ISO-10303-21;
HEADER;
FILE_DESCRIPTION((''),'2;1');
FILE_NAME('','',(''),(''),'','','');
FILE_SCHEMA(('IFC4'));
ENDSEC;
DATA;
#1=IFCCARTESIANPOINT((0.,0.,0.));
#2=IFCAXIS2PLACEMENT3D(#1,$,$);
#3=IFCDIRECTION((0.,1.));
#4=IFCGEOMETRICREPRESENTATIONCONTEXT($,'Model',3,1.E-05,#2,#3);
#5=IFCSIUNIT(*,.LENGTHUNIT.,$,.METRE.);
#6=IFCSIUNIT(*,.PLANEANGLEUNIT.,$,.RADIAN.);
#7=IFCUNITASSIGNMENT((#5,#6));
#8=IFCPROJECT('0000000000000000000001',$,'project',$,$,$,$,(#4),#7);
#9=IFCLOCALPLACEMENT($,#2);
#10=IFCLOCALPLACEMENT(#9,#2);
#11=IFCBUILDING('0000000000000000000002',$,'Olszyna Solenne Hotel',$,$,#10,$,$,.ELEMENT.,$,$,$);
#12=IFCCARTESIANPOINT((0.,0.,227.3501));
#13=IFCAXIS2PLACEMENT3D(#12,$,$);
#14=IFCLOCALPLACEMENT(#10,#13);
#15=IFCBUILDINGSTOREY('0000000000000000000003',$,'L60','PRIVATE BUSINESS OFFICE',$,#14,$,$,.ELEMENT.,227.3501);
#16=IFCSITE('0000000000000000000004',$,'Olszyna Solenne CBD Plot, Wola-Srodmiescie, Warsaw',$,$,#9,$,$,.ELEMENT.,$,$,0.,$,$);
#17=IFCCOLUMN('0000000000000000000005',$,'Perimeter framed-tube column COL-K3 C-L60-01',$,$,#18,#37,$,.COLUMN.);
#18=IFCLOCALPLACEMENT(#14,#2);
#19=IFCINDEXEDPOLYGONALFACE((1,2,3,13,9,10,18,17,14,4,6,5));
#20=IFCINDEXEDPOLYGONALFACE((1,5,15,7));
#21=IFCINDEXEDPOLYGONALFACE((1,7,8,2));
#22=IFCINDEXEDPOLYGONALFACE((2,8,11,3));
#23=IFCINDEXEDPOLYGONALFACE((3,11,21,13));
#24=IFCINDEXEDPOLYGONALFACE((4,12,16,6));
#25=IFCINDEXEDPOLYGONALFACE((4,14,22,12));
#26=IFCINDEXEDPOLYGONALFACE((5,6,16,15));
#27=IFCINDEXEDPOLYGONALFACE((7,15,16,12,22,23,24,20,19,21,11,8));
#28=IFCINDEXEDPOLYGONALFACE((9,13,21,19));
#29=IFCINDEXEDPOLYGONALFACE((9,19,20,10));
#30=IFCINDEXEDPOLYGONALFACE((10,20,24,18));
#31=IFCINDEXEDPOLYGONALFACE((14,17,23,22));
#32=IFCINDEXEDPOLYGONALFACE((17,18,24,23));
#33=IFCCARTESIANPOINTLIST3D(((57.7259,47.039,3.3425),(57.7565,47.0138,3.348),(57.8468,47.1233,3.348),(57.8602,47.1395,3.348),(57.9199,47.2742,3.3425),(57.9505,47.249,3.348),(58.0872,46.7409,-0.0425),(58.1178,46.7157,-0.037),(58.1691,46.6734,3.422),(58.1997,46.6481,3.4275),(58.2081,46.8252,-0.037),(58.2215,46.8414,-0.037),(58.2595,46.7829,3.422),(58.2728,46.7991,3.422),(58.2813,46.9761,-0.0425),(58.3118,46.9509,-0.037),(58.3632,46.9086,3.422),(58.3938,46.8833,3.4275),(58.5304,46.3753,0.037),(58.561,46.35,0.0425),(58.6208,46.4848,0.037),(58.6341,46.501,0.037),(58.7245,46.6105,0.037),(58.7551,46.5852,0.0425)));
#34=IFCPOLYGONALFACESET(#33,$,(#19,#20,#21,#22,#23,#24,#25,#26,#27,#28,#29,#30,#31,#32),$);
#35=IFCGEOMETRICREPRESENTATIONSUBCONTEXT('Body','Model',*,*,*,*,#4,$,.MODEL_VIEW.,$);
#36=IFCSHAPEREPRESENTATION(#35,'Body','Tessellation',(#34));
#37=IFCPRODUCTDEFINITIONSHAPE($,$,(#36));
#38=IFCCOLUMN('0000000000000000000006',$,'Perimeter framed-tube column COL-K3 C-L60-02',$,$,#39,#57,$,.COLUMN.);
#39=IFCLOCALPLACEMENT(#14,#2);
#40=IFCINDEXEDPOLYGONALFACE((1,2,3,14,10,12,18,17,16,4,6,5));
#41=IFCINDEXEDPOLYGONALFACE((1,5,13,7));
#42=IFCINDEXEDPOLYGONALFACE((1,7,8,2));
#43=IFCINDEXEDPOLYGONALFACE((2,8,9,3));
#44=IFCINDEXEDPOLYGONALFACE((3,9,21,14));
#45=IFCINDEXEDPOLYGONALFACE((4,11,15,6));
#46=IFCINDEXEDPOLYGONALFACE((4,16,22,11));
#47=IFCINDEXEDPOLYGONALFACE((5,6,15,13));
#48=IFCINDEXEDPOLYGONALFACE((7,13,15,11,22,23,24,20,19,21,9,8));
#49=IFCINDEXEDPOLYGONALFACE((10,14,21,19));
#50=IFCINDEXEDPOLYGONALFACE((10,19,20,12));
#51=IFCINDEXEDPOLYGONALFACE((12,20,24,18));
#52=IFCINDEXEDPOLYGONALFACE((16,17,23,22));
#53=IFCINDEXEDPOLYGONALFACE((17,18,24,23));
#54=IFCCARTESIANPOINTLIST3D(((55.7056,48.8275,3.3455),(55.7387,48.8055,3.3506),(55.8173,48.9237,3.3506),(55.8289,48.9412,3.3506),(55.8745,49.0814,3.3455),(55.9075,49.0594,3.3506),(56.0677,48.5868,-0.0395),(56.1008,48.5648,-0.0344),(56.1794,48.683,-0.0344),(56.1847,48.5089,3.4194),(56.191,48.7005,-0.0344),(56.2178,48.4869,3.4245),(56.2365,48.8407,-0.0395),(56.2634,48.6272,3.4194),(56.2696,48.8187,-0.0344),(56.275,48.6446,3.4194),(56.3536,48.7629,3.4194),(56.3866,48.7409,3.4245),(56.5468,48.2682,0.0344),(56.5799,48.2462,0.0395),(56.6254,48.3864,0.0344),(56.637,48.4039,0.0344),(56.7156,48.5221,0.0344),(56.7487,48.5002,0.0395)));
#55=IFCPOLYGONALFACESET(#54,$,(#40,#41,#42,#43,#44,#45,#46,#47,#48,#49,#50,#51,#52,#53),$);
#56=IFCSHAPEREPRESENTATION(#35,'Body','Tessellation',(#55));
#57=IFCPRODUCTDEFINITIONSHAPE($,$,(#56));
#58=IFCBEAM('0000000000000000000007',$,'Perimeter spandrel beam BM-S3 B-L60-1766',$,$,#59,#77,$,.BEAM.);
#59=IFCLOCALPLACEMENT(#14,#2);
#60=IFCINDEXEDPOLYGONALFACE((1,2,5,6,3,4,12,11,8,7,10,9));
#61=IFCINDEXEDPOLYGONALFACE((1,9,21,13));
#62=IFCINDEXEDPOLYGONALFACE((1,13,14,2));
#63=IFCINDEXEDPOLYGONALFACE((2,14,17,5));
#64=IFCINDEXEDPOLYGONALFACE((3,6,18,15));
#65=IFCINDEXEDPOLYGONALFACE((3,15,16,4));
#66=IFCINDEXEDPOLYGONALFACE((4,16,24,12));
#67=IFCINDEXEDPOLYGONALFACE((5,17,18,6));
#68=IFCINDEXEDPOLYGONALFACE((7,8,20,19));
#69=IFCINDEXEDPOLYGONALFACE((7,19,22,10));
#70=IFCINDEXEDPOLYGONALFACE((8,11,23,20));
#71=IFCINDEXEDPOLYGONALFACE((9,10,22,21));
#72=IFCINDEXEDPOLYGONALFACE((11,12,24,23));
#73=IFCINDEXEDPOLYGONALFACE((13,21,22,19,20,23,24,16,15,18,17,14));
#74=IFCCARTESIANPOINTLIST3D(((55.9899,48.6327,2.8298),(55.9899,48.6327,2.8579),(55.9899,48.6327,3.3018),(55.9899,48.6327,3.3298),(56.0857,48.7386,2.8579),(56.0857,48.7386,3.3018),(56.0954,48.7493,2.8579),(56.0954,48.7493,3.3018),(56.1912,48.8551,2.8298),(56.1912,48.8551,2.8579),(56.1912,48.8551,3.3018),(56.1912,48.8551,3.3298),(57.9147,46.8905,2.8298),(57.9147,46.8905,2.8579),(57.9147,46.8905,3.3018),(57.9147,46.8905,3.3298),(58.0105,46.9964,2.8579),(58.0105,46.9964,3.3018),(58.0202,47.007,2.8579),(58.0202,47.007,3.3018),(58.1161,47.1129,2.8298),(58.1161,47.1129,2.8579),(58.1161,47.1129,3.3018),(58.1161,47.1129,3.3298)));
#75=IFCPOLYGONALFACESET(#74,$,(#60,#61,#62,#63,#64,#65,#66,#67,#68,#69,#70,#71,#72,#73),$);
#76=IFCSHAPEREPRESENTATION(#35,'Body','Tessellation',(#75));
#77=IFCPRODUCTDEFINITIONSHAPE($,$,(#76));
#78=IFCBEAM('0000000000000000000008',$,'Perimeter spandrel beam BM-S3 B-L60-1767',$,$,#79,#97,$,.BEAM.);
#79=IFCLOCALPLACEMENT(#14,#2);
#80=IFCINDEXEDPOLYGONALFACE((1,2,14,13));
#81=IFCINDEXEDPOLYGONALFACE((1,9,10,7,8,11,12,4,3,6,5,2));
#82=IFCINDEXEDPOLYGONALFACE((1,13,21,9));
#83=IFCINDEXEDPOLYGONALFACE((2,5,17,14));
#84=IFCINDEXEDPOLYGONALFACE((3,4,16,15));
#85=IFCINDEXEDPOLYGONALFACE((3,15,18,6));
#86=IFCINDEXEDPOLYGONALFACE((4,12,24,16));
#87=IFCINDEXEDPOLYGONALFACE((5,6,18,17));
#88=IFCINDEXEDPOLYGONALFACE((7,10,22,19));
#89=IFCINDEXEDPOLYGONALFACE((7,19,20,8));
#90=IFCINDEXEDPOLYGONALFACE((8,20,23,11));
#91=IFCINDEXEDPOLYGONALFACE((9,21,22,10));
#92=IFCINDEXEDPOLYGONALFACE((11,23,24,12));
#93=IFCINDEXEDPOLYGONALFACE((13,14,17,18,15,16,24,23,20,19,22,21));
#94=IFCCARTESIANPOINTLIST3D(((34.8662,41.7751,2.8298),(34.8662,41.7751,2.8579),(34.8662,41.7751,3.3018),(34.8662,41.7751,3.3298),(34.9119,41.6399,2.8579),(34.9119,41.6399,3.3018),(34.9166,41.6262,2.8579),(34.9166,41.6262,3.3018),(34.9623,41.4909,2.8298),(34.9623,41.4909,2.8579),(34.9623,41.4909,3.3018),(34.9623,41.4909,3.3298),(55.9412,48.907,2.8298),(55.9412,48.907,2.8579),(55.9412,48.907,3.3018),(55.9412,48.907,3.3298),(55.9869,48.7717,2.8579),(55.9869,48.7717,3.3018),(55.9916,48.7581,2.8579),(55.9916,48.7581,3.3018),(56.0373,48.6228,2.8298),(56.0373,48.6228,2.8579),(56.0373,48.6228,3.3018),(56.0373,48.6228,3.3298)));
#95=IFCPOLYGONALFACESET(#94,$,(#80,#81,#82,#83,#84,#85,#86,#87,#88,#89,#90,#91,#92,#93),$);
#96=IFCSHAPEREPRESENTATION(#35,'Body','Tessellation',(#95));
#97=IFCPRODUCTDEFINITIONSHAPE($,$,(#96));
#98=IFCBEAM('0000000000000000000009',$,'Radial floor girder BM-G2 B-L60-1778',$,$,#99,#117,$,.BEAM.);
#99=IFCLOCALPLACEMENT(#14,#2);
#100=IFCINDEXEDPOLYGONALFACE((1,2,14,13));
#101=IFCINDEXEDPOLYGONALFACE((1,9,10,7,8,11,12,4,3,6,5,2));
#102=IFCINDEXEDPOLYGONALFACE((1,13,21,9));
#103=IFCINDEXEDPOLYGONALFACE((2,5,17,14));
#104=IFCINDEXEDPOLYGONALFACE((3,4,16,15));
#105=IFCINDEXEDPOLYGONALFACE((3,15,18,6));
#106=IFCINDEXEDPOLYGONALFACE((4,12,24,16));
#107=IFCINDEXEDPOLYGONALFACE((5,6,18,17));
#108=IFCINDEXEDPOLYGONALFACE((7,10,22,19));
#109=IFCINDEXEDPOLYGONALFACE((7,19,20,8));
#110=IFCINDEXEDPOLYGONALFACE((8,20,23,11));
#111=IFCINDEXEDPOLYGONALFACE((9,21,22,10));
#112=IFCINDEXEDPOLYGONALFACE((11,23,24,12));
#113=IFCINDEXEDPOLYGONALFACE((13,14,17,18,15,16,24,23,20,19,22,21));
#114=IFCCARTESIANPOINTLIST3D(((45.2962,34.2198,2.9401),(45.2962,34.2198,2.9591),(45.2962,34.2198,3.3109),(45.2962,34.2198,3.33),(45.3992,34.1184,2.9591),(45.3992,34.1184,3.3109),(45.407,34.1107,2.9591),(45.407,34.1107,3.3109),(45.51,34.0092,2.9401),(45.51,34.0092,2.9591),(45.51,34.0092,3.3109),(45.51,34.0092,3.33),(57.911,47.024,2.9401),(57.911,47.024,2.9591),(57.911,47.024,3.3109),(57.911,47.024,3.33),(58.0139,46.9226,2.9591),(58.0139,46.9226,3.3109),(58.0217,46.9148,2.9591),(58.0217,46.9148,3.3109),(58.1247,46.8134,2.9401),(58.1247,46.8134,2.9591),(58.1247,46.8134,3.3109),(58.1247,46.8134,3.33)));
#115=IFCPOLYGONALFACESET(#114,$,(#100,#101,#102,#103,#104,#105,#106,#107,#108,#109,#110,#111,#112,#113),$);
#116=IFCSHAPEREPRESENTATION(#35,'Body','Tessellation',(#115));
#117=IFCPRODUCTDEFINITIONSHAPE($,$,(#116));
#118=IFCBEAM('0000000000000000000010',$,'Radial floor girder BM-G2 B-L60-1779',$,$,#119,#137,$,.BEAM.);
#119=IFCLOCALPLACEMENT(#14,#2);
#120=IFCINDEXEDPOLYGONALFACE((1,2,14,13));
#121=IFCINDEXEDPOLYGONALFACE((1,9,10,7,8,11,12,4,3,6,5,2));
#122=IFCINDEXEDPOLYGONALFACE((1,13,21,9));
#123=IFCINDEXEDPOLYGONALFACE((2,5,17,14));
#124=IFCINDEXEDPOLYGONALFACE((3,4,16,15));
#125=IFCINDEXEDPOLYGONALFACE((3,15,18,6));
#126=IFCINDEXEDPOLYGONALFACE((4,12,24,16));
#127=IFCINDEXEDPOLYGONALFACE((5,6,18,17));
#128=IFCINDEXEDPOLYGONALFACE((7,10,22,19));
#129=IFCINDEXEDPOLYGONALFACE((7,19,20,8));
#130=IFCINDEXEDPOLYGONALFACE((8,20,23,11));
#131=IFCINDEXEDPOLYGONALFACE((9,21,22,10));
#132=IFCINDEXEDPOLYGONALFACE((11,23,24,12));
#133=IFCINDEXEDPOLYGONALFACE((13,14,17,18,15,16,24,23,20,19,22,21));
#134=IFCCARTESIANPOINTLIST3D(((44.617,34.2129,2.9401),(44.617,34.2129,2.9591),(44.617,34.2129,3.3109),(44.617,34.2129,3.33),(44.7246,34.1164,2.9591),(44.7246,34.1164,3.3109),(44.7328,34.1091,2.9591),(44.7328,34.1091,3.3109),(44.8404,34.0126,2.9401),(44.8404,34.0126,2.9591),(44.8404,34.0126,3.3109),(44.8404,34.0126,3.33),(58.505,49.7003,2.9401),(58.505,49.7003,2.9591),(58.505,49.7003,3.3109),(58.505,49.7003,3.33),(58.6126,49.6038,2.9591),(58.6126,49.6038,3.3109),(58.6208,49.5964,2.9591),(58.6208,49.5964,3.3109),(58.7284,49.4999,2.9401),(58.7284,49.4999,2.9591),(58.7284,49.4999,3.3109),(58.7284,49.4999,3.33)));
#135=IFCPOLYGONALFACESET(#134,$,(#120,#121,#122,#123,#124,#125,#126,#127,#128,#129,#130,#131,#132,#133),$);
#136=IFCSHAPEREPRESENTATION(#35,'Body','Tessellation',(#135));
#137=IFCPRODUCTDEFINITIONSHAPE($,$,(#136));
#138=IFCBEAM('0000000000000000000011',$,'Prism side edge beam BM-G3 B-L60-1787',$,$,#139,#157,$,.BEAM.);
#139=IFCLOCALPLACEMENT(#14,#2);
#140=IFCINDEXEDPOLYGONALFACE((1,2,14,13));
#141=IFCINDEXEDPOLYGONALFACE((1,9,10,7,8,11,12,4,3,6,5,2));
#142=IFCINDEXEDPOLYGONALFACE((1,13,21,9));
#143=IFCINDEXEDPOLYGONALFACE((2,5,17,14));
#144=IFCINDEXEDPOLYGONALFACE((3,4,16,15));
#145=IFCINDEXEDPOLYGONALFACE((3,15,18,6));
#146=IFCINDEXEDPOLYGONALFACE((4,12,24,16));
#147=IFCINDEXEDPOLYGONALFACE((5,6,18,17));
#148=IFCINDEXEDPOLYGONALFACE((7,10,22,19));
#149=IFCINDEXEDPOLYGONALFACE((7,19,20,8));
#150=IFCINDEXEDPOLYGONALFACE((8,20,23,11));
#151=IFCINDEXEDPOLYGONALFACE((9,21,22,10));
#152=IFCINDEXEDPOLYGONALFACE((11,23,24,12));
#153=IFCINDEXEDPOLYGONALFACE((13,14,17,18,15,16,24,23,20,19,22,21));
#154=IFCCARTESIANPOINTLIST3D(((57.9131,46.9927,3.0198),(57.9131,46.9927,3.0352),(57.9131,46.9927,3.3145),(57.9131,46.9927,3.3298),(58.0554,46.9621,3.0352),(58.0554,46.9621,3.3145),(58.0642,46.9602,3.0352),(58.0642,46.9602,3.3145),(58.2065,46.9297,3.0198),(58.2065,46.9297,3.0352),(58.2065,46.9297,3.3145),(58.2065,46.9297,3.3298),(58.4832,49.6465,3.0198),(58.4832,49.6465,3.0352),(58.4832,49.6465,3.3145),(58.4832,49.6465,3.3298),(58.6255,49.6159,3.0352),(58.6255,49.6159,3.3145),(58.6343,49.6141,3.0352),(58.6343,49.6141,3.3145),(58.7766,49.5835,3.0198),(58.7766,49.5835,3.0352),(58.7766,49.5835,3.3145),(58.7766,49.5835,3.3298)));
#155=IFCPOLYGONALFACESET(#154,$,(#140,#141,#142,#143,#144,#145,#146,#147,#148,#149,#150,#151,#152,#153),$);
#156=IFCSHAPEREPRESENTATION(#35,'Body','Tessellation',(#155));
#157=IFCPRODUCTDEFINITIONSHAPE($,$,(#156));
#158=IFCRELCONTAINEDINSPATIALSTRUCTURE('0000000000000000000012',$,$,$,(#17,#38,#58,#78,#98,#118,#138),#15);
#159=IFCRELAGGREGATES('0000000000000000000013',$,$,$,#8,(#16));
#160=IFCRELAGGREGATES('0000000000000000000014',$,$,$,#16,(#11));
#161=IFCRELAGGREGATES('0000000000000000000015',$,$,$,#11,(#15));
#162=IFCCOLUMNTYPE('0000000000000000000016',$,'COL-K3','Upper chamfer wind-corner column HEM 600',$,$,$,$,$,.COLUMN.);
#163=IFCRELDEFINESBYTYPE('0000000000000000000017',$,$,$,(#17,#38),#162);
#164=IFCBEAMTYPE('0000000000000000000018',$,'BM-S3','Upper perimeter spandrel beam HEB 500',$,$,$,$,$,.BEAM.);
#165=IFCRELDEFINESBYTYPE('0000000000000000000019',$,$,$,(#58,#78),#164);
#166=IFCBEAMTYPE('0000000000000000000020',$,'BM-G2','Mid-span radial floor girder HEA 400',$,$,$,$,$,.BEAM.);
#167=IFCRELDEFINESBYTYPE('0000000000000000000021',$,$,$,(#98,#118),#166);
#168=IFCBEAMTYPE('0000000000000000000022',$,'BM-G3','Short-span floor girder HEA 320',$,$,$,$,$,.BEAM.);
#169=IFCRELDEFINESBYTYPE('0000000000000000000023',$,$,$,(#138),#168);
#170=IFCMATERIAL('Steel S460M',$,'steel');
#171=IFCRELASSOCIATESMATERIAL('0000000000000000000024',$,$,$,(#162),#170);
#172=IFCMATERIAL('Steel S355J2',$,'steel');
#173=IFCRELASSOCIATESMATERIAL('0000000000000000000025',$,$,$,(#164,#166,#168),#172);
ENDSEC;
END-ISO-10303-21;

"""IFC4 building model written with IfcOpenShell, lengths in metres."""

from ifc_helpers import new_model, si_unit, direction, frame, origin, origin_2d, place, context, subcontext, project, spatial, i_section, extrude, source, transform, mapped, material, material_profile, profile_set, type_object, element, save


model = new_model("IFC4")

# Units and contexts
model_context = context("Model", 3, precision=1e-05, world=origin(), true_north=direction((0.0, 1.0)))
body_context = subcontext(model_context, "Body", "Model", "MODEL_VIEW")
ifc_project = project(units=[si_unit("LENGTHUNIT", "METRE"), si_unit("PLANEANGLEUNIT", "RADIAN")], contexts=[model_context])

# Site, building, storey
site_placement = place(None, origin())
site = spatial("IfcSite", under=ifc_project, at=site_placement, Name="Olszyna Solenne CBD Plot, Wola-Srodmiescie, Warsaw", CompositionType="ELEMENT", RefElevation=0.0)
building_placement = place(site_placement, origin())
building = spatial("IfcBuilding", under=site, at=building_placement, Name="Olszyna Solenne Hotel", CompositionType="ELEMENT")
storey_placement = place(building_placement, frame((0.0, 0.0, 227.3501)))
storey = spatial("IfcBuildingStorey", under=building, at=storey_placement, Name="L60", Description="PRIVATE BUSINESS OFFICE", CompositionType="ELEMENT", Elevation=227.3501)

# Columns
ifc_material_1 = material(Name="Steel S460M", Category="steel")
ifc_material_profile_1 = material_profile(ifc_material_1, i_section(OverallWidth=0.3049, OverallDepth=0.6201, WebThickness=0.021, FlangeThickness=0.04, at=origin_2d()), Name="HEM 600", Category="load-bearing")
ifc_profile_set_1 = profile_set([ifc_material_profile_1], Name="Steel S460M")
column_type = type_object("IfcColumnType", Name="COL-K3", Description="Upper chamfer wind-corner column HEM 600", PredefinedType="COLUMN", material=ifc_profile_set_1)
shared_shape_1 = source(origin(), body_context, "Body", "SweptSolid", [
    extrude(i_section(OverallWidth=0.3049, OverallDepth=0.6201, WebThickness=0.021, FlangeThickness=0.04, at=origin_2d()), origin(), (0.0, 0.0, 1.0), 3.4172),
])
column_1_placement = place(storey_placement, frame((58.4211, 46.6631, 0.0), z_axis=(-0.105736, 0.087232, 0.990561), x_axis=(-0.636383, -0.771373, 0.0)))
element("IfcColumn", 1, at=column_1_placement, inside=storey, type_object=column_type, Name="Perimeter framed-tube column COL-K3 C-L60-01", PredefinedType="COLUMN", context=body_context, shape_type="MappedRepresentation", body=[
    mapped(shared_shape_1, transform((0.0, 0.0, 0.0), x_axis=(1.0, 0.0, 0.0), y_axis=(0.0, 1.0, 0.0), z_axis=(0.0, 0.0, 1.0), scale=1.0)),
])
shared_shape_2 = source(origin(), body_context, "Body", "SweptSolid", [
    extrude(i_section(OverallWidth=0.3049, OverallDepth=0.6201, WebThickness=0.021, FlangeThickness=0.04, at=origin_2d()), origin(), (0.0, 0.0, 1.0), 3.4128),
])
column_2_placement = place(storey_placement, frame((56.4082, 48.5435, 0.0), z_axis=(-0.106088, 0.070535, 0.991852), x_axis=(-0.553663, -0.832741, 0.0)))
element("IfcColumn", 2, at=column_2_placement, inside=storey, type_object=column_type, Name="Perimeter framed-tube column COL-K3 C-L60-02", PredefinedType="COLUMN", context=body_context, shape_type="MappedRepresentation", body=[
    mapped(shared_shape_2, transform((0.0, 0.0, 0.0), x_axis=(1.0, 0.0, 0.0), y_axis=(0.0, 1.0, 0.0), z_axis=(0.0, 0.0, 1.0), scale=1.0)),
])

# Beams
ifc_material_2 = material(Name="Steel S355J2", Category="steel")
ifc_material_profile_2 = material_profile(ifc_material_2, i_section(OverallWidth=0.3, OverallDepth=0.5, WebThickness=0.0144, FlangeThickness=0.0281, at=origin_2d()), Name="HEB 500", Category="load-bearing")
ifc_profile_set_2 = profile_set([ifc_material_profile_2], Name="Steel S355J2")
beam_type_1 = type_object("IfcBeamType", Name="BM-S3", Description="Upper perimeter spandrel beam HEB 500", PredefinedType="BEAM", material=ifc_profile_set_2)
shared_shape_3 = source(origin(), body_context, "Body", "SweptSolid", [
    extrude(i_section(OverallWidth=0.3, OverallDepth=0.5, WebThickness=0.0144, FlangeThickness=0.0281, at=origin_2d()), origin(), (0.0, 0.0, 1.0), 2.5962),
])
beam_1_placement = place(storey_placement, frame((58.0154, 47.0017, 3.0798), z_axis=(-0.741402, 0.671061, 0.0), x_axis=(-0.671061, -0.741402, 0.0)))
element("IfcBeam", 3, at=beam_1_placement, inside=storey, type_object=beam_type_1, Name="Perimeter spandrel beam BM-S3 B-L60-1766", PredefinedType="BEAM", context=body_context, shape_type="MappedRepresentation", body=[
    mapped(shared_shape_3, transform((0.0, 0.0, 0.0), x_axis=(1.0, 0.0, 0.0), y_axis=(0.0, 1.0, 0.0), z_axis=(0.0, 0.0, 1.0), scale=1.0)),
])
shared_shape_4 = source(origin(), body_context, "Body", "SweptSolid", [
    extrude(i_section(OverallWidth=0.3, OverallDepth=0.5, WebThickness=0.0144, FlangeThickness=0.0281, at=origin_2d()), origin(), (0.0, 0.0, 1.0), 22.249),
])
beam_2_placement = place(storey_placement, frame((55.9893, 48.7649, 3.0798), z_axis=(-0.947233, -0.320547, 0.0), x_axis=(0.320547, -0.947233, 0.0)))
element("IfcBeam", 4, at=beam_2_placement, inside=storey, type_object=beam_type_1, Name="Perimeter spandrel beam BM-S3 B-L60-1767", PredefinedType="BEAM", context=body_context, shape_type="MappedRepresentation", body=[
    mapped(shared_shape_4, transform((0.0, 0.0, 0.0), x_axis=(1.0, 0.0, 0.0), y_axis=(0.0, 1.0, 0.0), z_axis=(0.0, 0.0, 1.0), scale=1.0)),
])
ifc_material_profile_3 = material_profile(ifc_material_2, i_section(OverallWidth=0.3, OverallDepth=0.3899, WebThickness=0.011, FlangeThickness=0.019, at=origin_2d()), Name="HEA 400", Category="load-bearing")
ifc_profile_set_3 = profile_set([ifc_material_profile_3], Name="Steel S355J2")
beam_type_2 = type_object("IfcBeamType", Name="BM-G2", Description="Mid-span radial floor girder HEA 400", PredefinedType="BEAM", material=ifc_profile_set_3)
shared_shape_5 = source(origin(), body_context, "Body", "SweptSolid", [
    extrude(i_section(OverallWidth=0.3, OverallDepth=0.3899, WebThickness=0.011, FlangeThickness=0.019, at=origin_2d()), origin(), (0.0, 0.0, 1.0), 17.9744),
])
beam_3_placement = place(storey_placement, frame((58.0178, 46.9187, 3.135), z_axis=(-0.701817, -0.712357, 0.0), x_axis=(0.712357, -0.701817, 0.0)))
element("IfcBeam", 5, at=beam_3_placement, inside=storey, type_object=beam_type_2, Name="Radial floor girder BM-G2 B-L60-1778", PredefinedType="BEAM", context=body_context, shape_type="MappedRepresentation", body=[
    mapped(shared_shape_5, transform((0.0, 0.0, 0.0), x_axis=(1.0, 0.0, 0.0), y_axis=(0.0, 1.0, 0.0), z_axis=(0.0, 0.0, 1.0), scale=1.0)),
])
shared_shape_6 = source(origin(), body_context, "Body", "SweptSolid", [
    extrude(i_section(OverallWidth=0.3, OverallDepth=0.3899, WebThickness=0.011, FlangeThickness=0.019, at=origin_2d()), origin(), (0.0, 0.0, 1.0), 20.8022),
])
beam_4_placement = place(storey_placement, frame((58.6167, 49.6001, 3.135), z_axis=(-0.667619, -0.744503, 0.0), x_axis=(0.744503, -0.667619, 0.0)))
element("IfcBeam", 6, at=beam_4_placement, inside=storey, type_object=beam_type_2, Name="Radial floor girder BM-G2 B-L60-1779", PredefinedType="BEAM", context=body_context, shape_type="MappedRepresentation", body=[
    mapped(shared_shape_6, transform((0.0, 0.0, 0.0), x_axis=(1.0, 0.0, 0.0), y_axis=(0.0, 1.0, 0.0), z_axis=(0.0, 0.0, 1.0), scale=1.0)),
])
ifc_material_profile_4 = material_profile(ifc_material_2, i_section(OverallWidth=0.3, OverallDepth=0.3101, WebThickness=0.009, FlangeThickness=0.0154, at=origin_2d()), Name="HEA 320", Category="load-bearing")
ifc_profile_set_4 = profile_set([ifc_material_profile_4], Name="Steel S355J2")
beam_type_3 = type_object("IfcBeamType", Name="BM-G3", Description="Short-span floor girder HEA 320", PredefinedType="BEAM", material=ifc_profile_set_4)
shared_shape_7 = source(origin(), body_context, "Body", "SweptSolid", [
    extrude(i_section(OverallWidth=0.3, OverallDepth=0.3101, WebThickness=0.009, FlangeThickness=0.0154, at=origin_2d()), origin(), (0.0, 0.0, 1.0), 2.7144),
])
beam_5_placement = place(storey_placement, frame((58.0598, 46.9612, 3.1748), z_axis=(0.21002, 0.977697, 0.0), x_axis=(-0.977697, 0.21002, 0.0)))
element("IfcBeam", 7, at=beam_5_placement, inside=storey, type_object=beam_type_3, Name="Prism side edge beam BM-G3 B-L60-1787", PredefinedType="BEAM", context=body_context, shape_type="MappedRepresentation", body=[
    mapped(shared_shape_7, transform((0.0, 0.0, 0.0), x_axis=(1.0, 0.0, 0.0), y_axis=(0.0, 1.0, 0.0), z_axis=(0.0, 0.0, 1.0), scale=1.0)),
])

save(model, "model.ifc")
